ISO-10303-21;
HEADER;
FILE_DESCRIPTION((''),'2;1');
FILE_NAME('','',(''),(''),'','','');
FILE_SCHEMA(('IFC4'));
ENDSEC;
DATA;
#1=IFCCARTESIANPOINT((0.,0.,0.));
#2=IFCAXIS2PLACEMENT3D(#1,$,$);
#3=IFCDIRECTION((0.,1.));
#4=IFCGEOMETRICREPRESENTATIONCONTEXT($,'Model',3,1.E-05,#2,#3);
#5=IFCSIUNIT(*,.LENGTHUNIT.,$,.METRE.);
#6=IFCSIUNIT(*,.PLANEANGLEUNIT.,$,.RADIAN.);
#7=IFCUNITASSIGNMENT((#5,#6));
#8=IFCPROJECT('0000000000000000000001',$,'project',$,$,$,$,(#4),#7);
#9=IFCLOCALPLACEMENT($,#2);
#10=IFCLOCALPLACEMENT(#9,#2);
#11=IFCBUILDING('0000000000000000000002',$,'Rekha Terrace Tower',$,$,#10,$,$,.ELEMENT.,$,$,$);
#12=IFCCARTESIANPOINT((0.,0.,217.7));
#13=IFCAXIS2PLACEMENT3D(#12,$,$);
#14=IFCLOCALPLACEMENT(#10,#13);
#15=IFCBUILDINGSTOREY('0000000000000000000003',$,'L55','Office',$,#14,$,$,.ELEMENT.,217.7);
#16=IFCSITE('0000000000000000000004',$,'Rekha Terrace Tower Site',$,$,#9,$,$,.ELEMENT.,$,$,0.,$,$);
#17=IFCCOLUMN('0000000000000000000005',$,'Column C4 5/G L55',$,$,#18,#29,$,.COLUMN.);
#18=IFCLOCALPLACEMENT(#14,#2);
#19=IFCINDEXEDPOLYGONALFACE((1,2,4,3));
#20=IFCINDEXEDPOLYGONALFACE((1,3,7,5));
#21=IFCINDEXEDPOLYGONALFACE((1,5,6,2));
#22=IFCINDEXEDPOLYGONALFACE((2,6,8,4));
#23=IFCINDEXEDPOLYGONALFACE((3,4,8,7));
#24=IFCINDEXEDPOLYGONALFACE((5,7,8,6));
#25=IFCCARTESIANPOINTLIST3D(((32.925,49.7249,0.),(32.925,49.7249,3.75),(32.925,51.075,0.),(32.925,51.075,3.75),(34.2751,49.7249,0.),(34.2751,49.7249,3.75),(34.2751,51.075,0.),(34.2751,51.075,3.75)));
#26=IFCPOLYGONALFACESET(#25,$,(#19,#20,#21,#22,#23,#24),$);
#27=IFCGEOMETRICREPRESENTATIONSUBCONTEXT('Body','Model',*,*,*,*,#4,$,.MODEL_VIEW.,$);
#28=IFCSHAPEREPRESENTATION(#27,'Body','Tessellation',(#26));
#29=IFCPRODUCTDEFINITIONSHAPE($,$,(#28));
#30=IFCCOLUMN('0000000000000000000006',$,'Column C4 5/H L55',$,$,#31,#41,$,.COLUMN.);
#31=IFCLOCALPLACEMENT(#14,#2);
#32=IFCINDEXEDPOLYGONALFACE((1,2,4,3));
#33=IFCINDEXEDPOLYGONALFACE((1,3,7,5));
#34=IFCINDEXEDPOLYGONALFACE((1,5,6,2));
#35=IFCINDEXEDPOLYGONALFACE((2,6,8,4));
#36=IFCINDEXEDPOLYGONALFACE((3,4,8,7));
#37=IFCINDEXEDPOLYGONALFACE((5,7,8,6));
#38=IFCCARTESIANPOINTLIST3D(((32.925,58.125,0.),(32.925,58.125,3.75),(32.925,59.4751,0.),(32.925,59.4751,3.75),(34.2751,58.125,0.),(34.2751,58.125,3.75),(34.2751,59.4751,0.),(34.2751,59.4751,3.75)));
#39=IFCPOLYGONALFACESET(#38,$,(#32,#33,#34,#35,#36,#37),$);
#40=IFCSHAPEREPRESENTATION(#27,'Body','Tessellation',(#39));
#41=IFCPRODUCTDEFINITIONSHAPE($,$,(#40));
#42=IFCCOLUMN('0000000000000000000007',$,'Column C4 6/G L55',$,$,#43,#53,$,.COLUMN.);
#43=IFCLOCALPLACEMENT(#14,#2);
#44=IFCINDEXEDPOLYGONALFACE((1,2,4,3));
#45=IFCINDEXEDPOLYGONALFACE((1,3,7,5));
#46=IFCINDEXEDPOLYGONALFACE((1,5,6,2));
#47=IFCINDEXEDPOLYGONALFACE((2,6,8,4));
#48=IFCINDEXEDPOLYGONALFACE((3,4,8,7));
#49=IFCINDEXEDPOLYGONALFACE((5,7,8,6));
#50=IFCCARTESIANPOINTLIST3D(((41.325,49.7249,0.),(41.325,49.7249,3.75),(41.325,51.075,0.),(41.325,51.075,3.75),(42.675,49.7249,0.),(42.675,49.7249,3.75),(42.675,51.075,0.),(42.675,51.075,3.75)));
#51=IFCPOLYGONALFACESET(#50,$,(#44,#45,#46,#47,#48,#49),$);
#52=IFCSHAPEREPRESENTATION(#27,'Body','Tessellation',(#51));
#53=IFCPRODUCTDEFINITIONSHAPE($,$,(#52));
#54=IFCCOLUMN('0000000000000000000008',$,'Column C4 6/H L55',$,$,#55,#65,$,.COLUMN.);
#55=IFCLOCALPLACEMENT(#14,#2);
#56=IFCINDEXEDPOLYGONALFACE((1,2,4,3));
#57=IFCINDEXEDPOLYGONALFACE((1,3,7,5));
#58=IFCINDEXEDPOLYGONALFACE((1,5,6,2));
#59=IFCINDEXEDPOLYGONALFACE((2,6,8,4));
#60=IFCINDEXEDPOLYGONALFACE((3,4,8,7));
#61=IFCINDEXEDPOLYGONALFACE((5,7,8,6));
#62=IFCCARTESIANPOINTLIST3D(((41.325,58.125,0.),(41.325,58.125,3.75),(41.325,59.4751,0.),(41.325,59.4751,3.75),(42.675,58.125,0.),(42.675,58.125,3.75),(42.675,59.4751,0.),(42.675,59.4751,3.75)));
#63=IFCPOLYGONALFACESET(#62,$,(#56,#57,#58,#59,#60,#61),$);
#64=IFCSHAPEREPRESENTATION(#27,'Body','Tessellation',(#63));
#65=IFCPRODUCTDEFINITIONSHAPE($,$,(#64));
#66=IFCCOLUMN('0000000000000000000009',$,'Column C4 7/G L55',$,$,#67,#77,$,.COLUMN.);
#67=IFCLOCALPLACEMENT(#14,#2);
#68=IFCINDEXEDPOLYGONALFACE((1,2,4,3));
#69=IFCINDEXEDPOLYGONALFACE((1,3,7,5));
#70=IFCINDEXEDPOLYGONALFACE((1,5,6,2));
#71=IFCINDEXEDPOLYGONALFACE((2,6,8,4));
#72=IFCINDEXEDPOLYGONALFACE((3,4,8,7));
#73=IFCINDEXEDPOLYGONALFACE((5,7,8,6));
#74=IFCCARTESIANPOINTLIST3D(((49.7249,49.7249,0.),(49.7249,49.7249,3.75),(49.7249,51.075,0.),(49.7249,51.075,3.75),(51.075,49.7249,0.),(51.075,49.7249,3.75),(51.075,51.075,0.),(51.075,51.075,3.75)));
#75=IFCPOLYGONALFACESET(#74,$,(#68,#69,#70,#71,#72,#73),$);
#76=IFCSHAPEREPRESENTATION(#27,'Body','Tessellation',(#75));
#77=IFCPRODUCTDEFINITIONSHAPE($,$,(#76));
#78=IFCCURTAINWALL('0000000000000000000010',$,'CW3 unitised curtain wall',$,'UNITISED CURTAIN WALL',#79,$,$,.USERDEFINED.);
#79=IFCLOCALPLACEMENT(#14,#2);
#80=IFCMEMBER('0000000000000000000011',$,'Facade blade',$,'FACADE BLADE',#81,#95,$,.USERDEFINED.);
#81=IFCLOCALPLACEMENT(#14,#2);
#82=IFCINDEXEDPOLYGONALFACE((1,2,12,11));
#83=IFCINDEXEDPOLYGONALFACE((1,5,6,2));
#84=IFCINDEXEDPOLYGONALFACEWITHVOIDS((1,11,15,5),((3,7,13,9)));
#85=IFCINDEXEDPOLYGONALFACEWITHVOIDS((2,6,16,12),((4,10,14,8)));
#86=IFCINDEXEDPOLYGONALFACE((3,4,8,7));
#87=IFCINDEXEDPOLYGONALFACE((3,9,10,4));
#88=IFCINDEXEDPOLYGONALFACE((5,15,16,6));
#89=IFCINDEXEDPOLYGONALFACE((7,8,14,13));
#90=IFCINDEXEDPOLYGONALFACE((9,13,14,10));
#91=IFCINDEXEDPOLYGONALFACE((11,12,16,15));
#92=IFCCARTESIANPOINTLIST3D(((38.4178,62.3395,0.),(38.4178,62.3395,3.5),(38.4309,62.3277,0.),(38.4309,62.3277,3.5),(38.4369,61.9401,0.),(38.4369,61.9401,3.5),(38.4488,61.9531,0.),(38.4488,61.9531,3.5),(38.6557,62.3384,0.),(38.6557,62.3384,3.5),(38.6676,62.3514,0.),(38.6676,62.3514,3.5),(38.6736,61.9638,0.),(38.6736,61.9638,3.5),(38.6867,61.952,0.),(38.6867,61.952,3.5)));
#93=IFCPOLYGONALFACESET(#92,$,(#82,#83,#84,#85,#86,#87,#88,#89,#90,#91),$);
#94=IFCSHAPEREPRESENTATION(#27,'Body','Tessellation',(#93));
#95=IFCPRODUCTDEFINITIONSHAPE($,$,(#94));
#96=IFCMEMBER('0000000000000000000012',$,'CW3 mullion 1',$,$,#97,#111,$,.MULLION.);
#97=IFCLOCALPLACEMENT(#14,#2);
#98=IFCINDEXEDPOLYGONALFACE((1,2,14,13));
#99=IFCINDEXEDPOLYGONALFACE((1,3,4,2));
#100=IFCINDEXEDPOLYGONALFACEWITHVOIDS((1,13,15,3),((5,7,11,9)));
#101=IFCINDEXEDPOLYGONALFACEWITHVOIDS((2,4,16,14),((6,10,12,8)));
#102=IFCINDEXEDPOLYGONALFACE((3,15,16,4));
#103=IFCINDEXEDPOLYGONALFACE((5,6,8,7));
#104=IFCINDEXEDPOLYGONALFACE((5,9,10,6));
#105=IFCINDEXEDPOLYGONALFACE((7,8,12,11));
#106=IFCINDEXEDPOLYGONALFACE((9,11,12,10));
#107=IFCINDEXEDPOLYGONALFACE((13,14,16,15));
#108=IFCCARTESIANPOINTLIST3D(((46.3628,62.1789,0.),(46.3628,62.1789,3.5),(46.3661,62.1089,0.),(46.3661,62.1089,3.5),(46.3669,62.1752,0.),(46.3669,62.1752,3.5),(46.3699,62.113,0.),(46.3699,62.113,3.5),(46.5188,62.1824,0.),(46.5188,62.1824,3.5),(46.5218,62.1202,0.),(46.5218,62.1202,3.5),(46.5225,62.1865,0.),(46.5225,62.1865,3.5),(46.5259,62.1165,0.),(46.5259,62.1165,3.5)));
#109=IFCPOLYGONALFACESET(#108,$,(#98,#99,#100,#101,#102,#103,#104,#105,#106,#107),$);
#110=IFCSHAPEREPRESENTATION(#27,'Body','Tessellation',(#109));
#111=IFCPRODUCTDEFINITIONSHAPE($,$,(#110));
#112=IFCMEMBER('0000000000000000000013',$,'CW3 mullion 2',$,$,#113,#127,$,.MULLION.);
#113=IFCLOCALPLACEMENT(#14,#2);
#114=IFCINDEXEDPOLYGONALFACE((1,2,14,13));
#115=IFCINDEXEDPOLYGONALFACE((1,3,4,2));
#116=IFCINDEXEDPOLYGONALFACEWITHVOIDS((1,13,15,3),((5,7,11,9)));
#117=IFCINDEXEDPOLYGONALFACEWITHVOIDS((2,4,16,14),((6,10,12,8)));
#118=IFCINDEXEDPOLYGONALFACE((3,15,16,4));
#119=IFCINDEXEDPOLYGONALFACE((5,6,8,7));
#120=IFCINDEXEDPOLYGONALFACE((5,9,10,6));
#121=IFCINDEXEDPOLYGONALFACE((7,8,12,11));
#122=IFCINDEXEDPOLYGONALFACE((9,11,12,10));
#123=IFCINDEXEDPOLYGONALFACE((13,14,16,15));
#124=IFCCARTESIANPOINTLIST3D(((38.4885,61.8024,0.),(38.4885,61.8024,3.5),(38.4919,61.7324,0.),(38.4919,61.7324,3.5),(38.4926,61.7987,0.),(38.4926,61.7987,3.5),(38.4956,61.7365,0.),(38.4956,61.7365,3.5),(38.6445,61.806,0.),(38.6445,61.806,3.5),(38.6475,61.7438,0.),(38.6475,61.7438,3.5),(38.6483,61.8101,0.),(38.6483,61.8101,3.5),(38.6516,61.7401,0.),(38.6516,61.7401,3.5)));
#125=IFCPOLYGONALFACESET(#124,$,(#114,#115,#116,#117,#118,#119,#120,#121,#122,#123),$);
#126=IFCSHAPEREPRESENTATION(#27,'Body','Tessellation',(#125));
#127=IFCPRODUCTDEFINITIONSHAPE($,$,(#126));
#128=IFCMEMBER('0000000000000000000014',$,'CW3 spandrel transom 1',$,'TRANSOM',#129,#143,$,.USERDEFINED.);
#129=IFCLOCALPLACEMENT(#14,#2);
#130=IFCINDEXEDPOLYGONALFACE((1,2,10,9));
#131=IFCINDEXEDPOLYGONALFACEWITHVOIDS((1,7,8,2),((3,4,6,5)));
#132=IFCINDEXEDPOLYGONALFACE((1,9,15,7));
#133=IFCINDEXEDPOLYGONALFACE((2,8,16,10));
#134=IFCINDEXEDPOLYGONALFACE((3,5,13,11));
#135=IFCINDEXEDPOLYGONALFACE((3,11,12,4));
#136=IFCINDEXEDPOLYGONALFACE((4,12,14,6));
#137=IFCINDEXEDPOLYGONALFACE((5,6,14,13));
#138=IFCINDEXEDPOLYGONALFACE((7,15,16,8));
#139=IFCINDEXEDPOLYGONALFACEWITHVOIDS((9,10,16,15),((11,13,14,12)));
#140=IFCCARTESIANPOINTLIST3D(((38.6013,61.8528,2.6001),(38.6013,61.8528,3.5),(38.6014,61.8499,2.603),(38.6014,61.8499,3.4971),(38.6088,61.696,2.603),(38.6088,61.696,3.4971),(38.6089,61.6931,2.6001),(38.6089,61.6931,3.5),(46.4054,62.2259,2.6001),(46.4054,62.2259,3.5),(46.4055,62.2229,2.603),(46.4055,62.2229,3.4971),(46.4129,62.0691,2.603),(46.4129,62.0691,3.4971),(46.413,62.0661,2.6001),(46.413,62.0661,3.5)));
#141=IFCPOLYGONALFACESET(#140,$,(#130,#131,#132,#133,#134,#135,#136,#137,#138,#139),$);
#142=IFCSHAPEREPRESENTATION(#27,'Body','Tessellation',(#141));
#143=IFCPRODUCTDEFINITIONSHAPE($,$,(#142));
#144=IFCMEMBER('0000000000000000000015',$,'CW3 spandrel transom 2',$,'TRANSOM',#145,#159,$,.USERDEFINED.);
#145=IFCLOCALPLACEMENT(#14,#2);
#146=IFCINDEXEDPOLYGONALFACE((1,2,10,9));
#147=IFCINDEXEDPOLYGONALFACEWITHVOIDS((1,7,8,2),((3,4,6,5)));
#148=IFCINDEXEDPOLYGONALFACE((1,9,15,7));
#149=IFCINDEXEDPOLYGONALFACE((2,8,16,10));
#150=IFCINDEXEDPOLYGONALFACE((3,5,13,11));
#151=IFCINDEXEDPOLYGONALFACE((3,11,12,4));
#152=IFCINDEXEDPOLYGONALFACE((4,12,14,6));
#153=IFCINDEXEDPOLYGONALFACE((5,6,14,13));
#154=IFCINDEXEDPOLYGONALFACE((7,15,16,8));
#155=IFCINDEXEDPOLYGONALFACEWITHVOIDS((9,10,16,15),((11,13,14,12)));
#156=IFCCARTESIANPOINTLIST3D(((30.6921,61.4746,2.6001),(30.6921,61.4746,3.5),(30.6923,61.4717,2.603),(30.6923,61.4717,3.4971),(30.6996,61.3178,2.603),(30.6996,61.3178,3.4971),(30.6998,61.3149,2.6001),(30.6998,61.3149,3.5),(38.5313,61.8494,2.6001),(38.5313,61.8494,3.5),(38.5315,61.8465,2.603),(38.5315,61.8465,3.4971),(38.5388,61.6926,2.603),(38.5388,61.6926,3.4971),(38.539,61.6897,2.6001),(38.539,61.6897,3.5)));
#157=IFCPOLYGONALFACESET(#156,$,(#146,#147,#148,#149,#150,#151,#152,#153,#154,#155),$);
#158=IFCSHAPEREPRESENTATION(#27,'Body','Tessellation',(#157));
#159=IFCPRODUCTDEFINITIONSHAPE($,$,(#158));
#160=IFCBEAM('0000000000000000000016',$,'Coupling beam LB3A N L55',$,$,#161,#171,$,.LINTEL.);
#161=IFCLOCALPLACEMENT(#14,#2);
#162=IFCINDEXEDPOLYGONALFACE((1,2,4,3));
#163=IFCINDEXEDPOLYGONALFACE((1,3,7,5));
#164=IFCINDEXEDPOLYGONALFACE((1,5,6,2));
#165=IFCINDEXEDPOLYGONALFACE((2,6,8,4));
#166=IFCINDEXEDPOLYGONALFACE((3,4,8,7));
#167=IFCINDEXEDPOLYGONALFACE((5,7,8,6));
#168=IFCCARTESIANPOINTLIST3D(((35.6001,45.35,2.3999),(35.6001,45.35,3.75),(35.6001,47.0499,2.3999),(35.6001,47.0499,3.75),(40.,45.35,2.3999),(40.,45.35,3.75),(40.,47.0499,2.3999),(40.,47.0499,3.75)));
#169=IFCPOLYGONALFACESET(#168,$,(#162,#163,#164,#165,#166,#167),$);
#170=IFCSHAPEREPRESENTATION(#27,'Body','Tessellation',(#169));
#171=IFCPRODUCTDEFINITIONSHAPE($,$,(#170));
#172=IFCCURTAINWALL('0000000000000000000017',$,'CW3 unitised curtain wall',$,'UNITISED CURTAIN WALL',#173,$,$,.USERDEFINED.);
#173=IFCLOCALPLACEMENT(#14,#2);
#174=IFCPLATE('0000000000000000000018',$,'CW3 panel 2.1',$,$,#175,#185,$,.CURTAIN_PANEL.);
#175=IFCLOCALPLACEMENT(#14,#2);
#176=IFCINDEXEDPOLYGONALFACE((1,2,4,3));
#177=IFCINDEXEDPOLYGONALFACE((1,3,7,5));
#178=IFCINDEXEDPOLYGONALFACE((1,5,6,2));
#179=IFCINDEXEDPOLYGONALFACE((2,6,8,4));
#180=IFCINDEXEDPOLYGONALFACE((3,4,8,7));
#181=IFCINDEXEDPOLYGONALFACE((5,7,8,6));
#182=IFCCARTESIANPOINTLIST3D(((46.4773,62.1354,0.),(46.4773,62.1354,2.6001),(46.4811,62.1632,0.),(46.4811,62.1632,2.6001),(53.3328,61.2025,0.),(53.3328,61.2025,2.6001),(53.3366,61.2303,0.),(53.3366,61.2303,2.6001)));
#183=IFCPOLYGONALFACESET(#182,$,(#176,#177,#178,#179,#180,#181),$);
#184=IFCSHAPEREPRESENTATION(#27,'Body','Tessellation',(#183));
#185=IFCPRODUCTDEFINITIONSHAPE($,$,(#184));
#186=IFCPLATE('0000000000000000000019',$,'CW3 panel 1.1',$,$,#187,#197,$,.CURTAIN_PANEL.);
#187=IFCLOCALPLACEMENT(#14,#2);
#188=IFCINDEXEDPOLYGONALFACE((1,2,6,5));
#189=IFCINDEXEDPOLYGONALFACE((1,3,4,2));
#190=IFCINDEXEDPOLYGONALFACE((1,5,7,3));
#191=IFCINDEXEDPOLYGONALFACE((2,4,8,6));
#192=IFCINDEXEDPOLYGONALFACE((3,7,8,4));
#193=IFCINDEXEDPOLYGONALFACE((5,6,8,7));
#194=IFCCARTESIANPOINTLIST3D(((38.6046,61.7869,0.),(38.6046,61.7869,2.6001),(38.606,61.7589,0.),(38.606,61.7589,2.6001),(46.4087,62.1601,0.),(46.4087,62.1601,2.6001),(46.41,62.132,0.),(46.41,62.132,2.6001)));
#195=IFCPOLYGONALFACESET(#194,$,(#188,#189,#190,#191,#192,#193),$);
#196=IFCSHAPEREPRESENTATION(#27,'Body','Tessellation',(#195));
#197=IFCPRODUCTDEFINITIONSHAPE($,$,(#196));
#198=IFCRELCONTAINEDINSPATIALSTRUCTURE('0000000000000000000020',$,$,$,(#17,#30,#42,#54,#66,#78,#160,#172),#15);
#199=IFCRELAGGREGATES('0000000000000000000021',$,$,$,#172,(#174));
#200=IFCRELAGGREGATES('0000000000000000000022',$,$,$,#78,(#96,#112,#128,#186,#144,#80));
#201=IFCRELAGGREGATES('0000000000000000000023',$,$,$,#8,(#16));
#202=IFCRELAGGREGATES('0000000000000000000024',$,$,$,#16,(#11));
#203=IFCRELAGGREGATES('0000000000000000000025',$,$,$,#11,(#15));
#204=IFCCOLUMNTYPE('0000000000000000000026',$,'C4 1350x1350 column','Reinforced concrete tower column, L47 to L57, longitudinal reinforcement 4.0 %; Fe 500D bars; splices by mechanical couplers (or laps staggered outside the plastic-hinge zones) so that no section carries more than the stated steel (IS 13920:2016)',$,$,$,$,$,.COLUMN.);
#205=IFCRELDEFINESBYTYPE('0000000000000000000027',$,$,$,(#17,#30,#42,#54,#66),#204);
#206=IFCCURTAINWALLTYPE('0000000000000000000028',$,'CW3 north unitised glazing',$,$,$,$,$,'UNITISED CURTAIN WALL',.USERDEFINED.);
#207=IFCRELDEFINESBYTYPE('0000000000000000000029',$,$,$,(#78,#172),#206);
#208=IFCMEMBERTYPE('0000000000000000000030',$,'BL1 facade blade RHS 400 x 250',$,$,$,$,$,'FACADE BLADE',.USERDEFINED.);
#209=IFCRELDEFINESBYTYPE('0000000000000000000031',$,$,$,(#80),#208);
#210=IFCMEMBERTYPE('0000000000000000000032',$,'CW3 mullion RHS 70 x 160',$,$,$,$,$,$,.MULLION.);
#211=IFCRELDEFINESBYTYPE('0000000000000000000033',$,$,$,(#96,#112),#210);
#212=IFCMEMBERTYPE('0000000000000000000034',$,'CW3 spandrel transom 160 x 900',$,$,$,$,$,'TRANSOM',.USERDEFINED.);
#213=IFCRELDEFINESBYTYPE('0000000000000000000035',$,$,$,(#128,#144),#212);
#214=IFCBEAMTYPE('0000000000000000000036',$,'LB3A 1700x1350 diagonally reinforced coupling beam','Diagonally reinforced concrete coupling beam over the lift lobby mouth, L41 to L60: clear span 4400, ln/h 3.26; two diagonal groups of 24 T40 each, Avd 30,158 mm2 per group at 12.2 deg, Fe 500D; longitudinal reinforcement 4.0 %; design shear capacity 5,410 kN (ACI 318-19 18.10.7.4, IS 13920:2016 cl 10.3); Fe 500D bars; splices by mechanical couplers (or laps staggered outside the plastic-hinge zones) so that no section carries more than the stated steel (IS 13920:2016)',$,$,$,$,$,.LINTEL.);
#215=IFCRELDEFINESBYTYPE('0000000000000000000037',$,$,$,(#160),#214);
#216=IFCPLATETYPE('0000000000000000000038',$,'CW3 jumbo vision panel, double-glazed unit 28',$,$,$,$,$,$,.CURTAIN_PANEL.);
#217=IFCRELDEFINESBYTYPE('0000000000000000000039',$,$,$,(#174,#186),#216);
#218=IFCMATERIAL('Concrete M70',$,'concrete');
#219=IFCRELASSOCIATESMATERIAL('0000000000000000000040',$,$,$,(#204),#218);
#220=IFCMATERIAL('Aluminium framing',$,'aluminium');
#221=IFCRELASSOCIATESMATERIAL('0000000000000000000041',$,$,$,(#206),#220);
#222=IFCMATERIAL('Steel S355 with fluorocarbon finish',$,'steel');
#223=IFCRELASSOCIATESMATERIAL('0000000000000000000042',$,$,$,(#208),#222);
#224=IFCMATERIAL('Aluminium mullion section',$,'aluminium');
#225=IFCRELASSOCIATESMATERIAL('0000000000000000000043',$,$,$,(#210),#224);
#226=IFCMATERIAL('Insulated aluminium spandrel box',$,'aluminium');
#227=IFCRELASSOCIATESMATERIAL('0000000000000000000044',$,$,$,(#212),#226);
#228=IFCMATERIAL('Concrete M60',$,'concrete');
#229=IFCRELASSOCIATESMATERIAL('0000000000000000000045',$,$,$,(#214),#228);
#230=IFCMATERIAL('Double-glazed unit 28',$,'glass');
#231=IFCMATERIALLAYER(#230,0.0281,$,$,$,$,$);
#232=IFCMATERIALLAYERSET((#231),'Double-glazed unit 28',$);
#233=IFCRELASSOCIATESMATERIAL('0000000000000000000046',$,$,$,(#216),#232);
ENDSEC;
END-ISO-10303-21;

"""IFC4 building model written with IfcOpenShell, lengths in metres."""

from ifc_helpers import new_model, si_unit, direction, frame, origin, origin_2d, place, context, subcontext, project, spatial, rectangle, hollow_rectangle, extrude, material, layer, layer_set, material_profile, profile_set, type_object, element, aggregate, save


model = new_model("IFC4")

# Units and contexts
model_context = context("Model", 3, precision=1e-05, world=origin(), true_north=direction((0.0, 1.0)))
body_context = subcontext(model_context, "Body", "Model", "MODEL_VIEW")
ifc_project = project(units=[si_unit("LENGTHUNIT", "METRE"), si_unit("PLANEANGLEUNIT", "RADIAN")], contexts=[model_context])

# Site, building, storey
site_placement = place(None, origin())
site = spatial("IfcSite", under=ifc_project, at=site_placement, Name="Rekha Terrace Tower Site", CompositionType="ELEMENT", RefElevation=0.0)
building_placement = place(site_placement, origin())
building = spatial("IfcBuilding", under=site, at=building_placement, Name="Rekha Terrace Tower", CompositionType="ELEMENT")
storey_placement = place(building_placement, frame((0.0, 0.0, 217.7)))
storey = spatial("IfcBuildingStorey", under=building, at=storey_placement, Name="L55", Description="Office", CompositionType="ELEMENT", Elevation=217.7)

# Columns
ifc_material_1 = material(Name="Concrete M70", Category="concrete")
ifc_material_profile_1 = material_profile(ifc_material_1, rectangle(XDim=1.3501, YDim=1.3501, at=origin_2d()), Name="RC 1350x1350")
ifc_profile_set_1 = profile_set([ifc_material_profile_1], Name="Concrete M70")
column_type = type_object("IfcColumnType", Name="C4 1350x1350 column", Description="Reinforced concrete tower column, L47 to L57, longitudinal reinforcement 4.0 %; Fe 500D bars; splices by mechanical couplers (or laps staggered outside the plastic-hinge zones) so that no section carries more than the stated steel (IS 13920:2016)", PredefinedType="COLUMN", material=ifc_profile_set_1)
for number, where, z_axis, x_axis, name in (
    (1, (33.6001, 50.3999, 0.0), (0.0, 0.0, 1.0), (1.0, 0.0, 0.0), "Column C4 5/G L55"),
    (2, (33.6001, 58.8, 0.0), (0.0, 0.0, 1.0), (1.0, 0.0, 0.0), "Column C4 5/H L55"),
    (3, (42.0, 50.3999, 0.0), (0.0, 0.0, 1.0), (1.0, 0.0, 0.0), "Column C4 6/G L55"),
    (4, (42.0, 58.8, 0.0), (0.0, 0.0, 1.0), (1.0, 0.0, 0.0), "Column C4 6/H L55"),
    (5, (50.3999, 50.3999, 0.0), (0.0, 0.0, 1.0), (1.0, 0.0, 0.0), "Column C4 7/G L55"),
):
    element("IfcColumn", number, at=place(storey_placement, frame(where, z_axis=z_axis, x_axis=x_axis)), inside=storey, type_object=column_type, Name=name, PredefinedType="COLUMN", context=body_context, shape_type="SweptSolid", body=[
        extrude(rectangle(XDim=1.3501, YDim=1.3501, at=origin_2d()), origin(), (0.0, 0.0, 1.0), 3.75),
    ])

# Curtain wall, members
ifc_material_2 = material(Name="Aluminium framing", Category="aluminium")
curtain_wall_type = type_object("IfcCurtainWallType", Name="CW3 north unitised glazing", ElementType="UNITISED CURTAIN WALL", PredefinedType="USERDEFINED", material=ifc_material_2)
curtain_wall_1_placement = place(storey_placement, origin())
curtain_wall_1 = element("IfcCurtainWall", 6, at=curtain_wall_1_placement, inside=storey, type_object=curtain_wall_type, Name="CW3 unitised curtain wall", ObjectType="UNITISED CURTAIN WALL", PredefinedType="USERDEFINED")
ifc_material_3 = material(Name="Steel S355 with fluorocarbon finish", Category="steel")
ifc_material_profile_2 = material_profile(ifc_material_3, hollow_rectangle(XDim=0.25, YDim=0.3999, WallThickness=0.0125, at=origin_2d()), Name="RHS400x250x12.5")
ifc_profile_set_2 = profile_set([ifc_material_profile_2], Name="Steel S355 with fluorocarbon finish")
member_type_1 = type_object("IfcMemberType", Name="BL1 facade blade RHS 400 x 250", ElementType="FACADE BLADE", PredefinedType="USERDEFINED", material=ifc_profile_set_2)
member_1_placement = place(storey_placement, frame((38.5522, 62.1458, 0.0), z_axis=(0.0, 0.0, 1.0), x_axis=(-0.998859, -0.047758, 0.0)))
member_1 = element("IfcMember", 7, at=member_1_placement, type_object=member_type_1, Name="Facade blade", ObjectType="FACADE BLADE", PredefinedType="USERDEFINED", context=body_context, shape_type="SweptSolid", body=[
    extrude(hollow_rectangle(XDim=0.25, YDim=0.3999, WallThickness=0.0125, at=origin_2d()), origin(), (0.0, 0.0, 1.0), 3.5),
])
ifc_material_4 = material(Name="Aluminium mullion section", Category="aluminium")
ifc_material_profile_3 = material_profile(ifc_material_4, hollow_rectangle(XDim=0.0701, YDim=0.1599, WallThickness=0.0039, at=origin_2d()), Name="AL RHS 70x160")
ifc_profile_set_3 = profile_set([ifc_material_profile_3], Name="Aluminium mullion section")
member_type_2 = type_object("IfcMemberType", Name="CW3 mullion RHS 70 x 160", PredefinedType="MULLION", material=ifc_profile_set_3)
member_2_placement = place(storey_placement, frame((46.4443, 62.1477, 0.0), z_axis=(0.0, 0.0, 1.0), x_axis=(0.047759, -0.998859, 0.0)))
member_2 = element("IfcMember", 8, at=member_2_placement, type_object=member_type_2, Name="CW3 mullion 1", PredefinedType="MULLION", context=body_context, shape_type="SweptSolid", body=[
    extrude(hollow_rectangle(XDim=0.0701, YDim=0.1599, WallThickness=0.0039, at=origin_2d()), origin(), (0.0, 0.0, 1.0), 3.5),
])
member_3_placement = place(storey_placement, frame((38.5701, 61.7712, 0.0), z_axis=(0.0, 0.0, 1.0), x_axis=(0.047759, -0.998859, 0.0)))
member_3 = element("IfcMember", 9, at=member_3_placement, type_object=member_type_2, Name="CW3 mullion 2", PredefinedType="MULLION", context=body_context, shape_type="SweptSolid", body=[
    extrude(hollow_rectangle(XDim=0.0701, YDim=0.1599, WallThickness=0.0039, at=origin_2d()), origin(), (0.0, 0.0, 1.0), 3.5),
])
ifc_material_5 = material(Name="Insulated aluminium spandrel box", Category="aluminium")
ifc_material_profile_4 = material_profile(ifc_material_5, hollow_rectangle(XDim=0.1599, YDim=0.8999, WallThickness=0.0029, at=origin_2d()), Name="AL SPANDREL BOX 160x900")
ifc_profile_set_4 = profile_set([ifc_material_profile_4], Name="Insulated aluminium spandrel box")
member_type_3 = type_object("IfcMemberType", Name="CW3 spandrel transom 160 x 900", ElementType="TRANSOM", PredefinedType="USERDEFINED", material=ifc_profile_set_4)
member_4_placement = place(storey_placement, frame((46.4092, 62.146, 3.05), z_axis=(-0.998859, -0.047748, 0.0), x_axis=(0.047748, -0.998859, 0.0)))
member_4 = element("IfcMember", 10, at=member_4_placement, type_object=member_type_3, Name="CW3 spandrel transom 1", ObjectType="TRANSOM", PredefinedType="USERDEFINED", context=body_context, shape_type="SweptSolid", body=[
    extrude(hollow_rectangle(XDim=0.1599, YDim=0.8999, WallThickness=0.0029, at=origin_2d()), origin(), (0.0, 0.0, 1.0), 7.813),
])
member_5_placement = place(storey_placement, frame((38.5352, 61.7695, 3.05), z_axis=(-0.998859, -0.047751, 0.0), x_axis=(0.047751, -0.998859, 0.0)))
member_5 = element("IfcMember", 11, at=member_5_placement, type_object=member_type_3, Name="CW3 spandrel transom 2", ObjectType="TRANSOM", PredefinedType="USERDEFINED", context=body_context, shape_type="SweptSolid", body=[
    extrude(hollow_rectangle(XDim=0.1599, YDim=0.8999, WallThickness=0.0029, at=origin_2d()), origin(), (0.0, 0.0, 1.0), 7.8481),
])

# Beam
ifc_material_6 = material(Name="Concrete M60", Category="concrete")
ifc_material_profile_5 = material_profile(ifc_material_6, rectangle(XDim=1.7, YDim=1.3501, at=origin_2d()), Name="RC 1700x1350")
ifc_profile_set_5 = profile_set([ifc_material_profile_5], Name="Concrete M60")
beam_type = type_object("IfcBeamType", Name="LB3A 1700x1350 diagonally reinforced coupling beam", Description="Diagonally reinforced concrete coupling beam over the lift lobby mouth, L41 to L60: clear span 4400, ln/h 3.26; two diagonal groups of 24 T40 each, Avd 30,158 mm2 per group at 12.2 deg, Fe 500D; longitudinal reinforcement 4.0 %; design shear capacity 5,410 kN (ACI 318-19 18.10.7.4, IS 13920:2016 cl 10.3); Fe 500D bars; splices by mechanical couplers (or laps staggered outside the plastic-hinge zones) so that no section carries more than the stated steel (IS 13920:2016)", PredefinedType="LINTEL", material=ifc_profile_set_5)
beam_placement = place(storey_placement, frame((35.6001, 46.2, 3.075), z_axis=(1.0, 0.0, 0.0), x_axis=(0.0, 1.0, 0.0)))
element("IfcBeam", 12, at=beam_placement, inside=storey, type_object=beam_type, Name="Coupling beam LB3A N L55", PredefinedType="LINTEL", context=body_context, shape_type="SweptSolid", body=[
    extrude(rectangle(XDim=1.7, YDim=1.3501, at=origin_2d()), origin(), (0.0, 0.0, 1.0), 4.3999),
])

# Curtain wall, plate
curtain_wall_2_placement = place(storey_placement, origin())
curtain_wall_2 = element("IfcCurtainWall", 13, at=curtain_wall_2_placement, inside=storey, type_object=curtain_wall_type, Name="CW3 unitised curtain wall", ObjectType="UNITISED CURTAIN WALL", PredefinedType="USERDEFINED")
ifc_material_7 = material(Name="Double-glazed unit 28", Category="glass")
ifc_layer_1 = layer(ifc_material_7, 0.0281)
ifc_layer_set_1 = layer_set([ifc_layer_1], Name="Double-glazed unit 28")
plate_type = type_object("IfcPlateType", Name="CW3 jumbo vision panel, double-glazed unit 28", PredefinedType="CURTAIN_PANEL", material=ifc_layer_set_1)
plate_1_placement = place(storey_placement, frame((49.907, 61.6829, 0.0), z_axis=(0.0, 0.0, 1.0), x_axis=(-0.990867, 0.134841, 0.0)))
plate_1 = element("IfcPlate", 14, at=plate_1_placement, type_object=plate_type, Name="CW3 panel 2.1", PredefinedType="CURTAIN_PANEL", context=body_context, shape_type="SweptSolid", body=[
    extrude(rectangle(XDim=6.9187, YDim=0.0281, at=origin_2d()), origin(), (0.0, 0.0, 1.0), 2.6001),
])
aggregate(curtain_wall_2, [plate_1])

# Plate
plate_2_placement = place(storey_placement, frame((42.5073, 61.9595, 0.0), z_axis=(0.0, 0.0, 1.0), x_axis=(-0.998859, -0.047759, 0.0)))
plate_2 = element("IfcPlate", 15, at=plate_2_placement, type_object=plate_type, Name="CW3 panel 1.1", PredefinedType="CURTAIN_PANEL", context=body_context, shape_type="SweptSolid", body=[
    extrude(rectangle(XDim=7.813, YDim=0.0281, at=origin_2d()), origin(), (0.0, 0.0, 1.0), 2.6001),
])
aggregate(curtain_wall_1, [member_2, member_3, member_4, plate_2, member_5, member_1])

save(model, "model.ifc")
